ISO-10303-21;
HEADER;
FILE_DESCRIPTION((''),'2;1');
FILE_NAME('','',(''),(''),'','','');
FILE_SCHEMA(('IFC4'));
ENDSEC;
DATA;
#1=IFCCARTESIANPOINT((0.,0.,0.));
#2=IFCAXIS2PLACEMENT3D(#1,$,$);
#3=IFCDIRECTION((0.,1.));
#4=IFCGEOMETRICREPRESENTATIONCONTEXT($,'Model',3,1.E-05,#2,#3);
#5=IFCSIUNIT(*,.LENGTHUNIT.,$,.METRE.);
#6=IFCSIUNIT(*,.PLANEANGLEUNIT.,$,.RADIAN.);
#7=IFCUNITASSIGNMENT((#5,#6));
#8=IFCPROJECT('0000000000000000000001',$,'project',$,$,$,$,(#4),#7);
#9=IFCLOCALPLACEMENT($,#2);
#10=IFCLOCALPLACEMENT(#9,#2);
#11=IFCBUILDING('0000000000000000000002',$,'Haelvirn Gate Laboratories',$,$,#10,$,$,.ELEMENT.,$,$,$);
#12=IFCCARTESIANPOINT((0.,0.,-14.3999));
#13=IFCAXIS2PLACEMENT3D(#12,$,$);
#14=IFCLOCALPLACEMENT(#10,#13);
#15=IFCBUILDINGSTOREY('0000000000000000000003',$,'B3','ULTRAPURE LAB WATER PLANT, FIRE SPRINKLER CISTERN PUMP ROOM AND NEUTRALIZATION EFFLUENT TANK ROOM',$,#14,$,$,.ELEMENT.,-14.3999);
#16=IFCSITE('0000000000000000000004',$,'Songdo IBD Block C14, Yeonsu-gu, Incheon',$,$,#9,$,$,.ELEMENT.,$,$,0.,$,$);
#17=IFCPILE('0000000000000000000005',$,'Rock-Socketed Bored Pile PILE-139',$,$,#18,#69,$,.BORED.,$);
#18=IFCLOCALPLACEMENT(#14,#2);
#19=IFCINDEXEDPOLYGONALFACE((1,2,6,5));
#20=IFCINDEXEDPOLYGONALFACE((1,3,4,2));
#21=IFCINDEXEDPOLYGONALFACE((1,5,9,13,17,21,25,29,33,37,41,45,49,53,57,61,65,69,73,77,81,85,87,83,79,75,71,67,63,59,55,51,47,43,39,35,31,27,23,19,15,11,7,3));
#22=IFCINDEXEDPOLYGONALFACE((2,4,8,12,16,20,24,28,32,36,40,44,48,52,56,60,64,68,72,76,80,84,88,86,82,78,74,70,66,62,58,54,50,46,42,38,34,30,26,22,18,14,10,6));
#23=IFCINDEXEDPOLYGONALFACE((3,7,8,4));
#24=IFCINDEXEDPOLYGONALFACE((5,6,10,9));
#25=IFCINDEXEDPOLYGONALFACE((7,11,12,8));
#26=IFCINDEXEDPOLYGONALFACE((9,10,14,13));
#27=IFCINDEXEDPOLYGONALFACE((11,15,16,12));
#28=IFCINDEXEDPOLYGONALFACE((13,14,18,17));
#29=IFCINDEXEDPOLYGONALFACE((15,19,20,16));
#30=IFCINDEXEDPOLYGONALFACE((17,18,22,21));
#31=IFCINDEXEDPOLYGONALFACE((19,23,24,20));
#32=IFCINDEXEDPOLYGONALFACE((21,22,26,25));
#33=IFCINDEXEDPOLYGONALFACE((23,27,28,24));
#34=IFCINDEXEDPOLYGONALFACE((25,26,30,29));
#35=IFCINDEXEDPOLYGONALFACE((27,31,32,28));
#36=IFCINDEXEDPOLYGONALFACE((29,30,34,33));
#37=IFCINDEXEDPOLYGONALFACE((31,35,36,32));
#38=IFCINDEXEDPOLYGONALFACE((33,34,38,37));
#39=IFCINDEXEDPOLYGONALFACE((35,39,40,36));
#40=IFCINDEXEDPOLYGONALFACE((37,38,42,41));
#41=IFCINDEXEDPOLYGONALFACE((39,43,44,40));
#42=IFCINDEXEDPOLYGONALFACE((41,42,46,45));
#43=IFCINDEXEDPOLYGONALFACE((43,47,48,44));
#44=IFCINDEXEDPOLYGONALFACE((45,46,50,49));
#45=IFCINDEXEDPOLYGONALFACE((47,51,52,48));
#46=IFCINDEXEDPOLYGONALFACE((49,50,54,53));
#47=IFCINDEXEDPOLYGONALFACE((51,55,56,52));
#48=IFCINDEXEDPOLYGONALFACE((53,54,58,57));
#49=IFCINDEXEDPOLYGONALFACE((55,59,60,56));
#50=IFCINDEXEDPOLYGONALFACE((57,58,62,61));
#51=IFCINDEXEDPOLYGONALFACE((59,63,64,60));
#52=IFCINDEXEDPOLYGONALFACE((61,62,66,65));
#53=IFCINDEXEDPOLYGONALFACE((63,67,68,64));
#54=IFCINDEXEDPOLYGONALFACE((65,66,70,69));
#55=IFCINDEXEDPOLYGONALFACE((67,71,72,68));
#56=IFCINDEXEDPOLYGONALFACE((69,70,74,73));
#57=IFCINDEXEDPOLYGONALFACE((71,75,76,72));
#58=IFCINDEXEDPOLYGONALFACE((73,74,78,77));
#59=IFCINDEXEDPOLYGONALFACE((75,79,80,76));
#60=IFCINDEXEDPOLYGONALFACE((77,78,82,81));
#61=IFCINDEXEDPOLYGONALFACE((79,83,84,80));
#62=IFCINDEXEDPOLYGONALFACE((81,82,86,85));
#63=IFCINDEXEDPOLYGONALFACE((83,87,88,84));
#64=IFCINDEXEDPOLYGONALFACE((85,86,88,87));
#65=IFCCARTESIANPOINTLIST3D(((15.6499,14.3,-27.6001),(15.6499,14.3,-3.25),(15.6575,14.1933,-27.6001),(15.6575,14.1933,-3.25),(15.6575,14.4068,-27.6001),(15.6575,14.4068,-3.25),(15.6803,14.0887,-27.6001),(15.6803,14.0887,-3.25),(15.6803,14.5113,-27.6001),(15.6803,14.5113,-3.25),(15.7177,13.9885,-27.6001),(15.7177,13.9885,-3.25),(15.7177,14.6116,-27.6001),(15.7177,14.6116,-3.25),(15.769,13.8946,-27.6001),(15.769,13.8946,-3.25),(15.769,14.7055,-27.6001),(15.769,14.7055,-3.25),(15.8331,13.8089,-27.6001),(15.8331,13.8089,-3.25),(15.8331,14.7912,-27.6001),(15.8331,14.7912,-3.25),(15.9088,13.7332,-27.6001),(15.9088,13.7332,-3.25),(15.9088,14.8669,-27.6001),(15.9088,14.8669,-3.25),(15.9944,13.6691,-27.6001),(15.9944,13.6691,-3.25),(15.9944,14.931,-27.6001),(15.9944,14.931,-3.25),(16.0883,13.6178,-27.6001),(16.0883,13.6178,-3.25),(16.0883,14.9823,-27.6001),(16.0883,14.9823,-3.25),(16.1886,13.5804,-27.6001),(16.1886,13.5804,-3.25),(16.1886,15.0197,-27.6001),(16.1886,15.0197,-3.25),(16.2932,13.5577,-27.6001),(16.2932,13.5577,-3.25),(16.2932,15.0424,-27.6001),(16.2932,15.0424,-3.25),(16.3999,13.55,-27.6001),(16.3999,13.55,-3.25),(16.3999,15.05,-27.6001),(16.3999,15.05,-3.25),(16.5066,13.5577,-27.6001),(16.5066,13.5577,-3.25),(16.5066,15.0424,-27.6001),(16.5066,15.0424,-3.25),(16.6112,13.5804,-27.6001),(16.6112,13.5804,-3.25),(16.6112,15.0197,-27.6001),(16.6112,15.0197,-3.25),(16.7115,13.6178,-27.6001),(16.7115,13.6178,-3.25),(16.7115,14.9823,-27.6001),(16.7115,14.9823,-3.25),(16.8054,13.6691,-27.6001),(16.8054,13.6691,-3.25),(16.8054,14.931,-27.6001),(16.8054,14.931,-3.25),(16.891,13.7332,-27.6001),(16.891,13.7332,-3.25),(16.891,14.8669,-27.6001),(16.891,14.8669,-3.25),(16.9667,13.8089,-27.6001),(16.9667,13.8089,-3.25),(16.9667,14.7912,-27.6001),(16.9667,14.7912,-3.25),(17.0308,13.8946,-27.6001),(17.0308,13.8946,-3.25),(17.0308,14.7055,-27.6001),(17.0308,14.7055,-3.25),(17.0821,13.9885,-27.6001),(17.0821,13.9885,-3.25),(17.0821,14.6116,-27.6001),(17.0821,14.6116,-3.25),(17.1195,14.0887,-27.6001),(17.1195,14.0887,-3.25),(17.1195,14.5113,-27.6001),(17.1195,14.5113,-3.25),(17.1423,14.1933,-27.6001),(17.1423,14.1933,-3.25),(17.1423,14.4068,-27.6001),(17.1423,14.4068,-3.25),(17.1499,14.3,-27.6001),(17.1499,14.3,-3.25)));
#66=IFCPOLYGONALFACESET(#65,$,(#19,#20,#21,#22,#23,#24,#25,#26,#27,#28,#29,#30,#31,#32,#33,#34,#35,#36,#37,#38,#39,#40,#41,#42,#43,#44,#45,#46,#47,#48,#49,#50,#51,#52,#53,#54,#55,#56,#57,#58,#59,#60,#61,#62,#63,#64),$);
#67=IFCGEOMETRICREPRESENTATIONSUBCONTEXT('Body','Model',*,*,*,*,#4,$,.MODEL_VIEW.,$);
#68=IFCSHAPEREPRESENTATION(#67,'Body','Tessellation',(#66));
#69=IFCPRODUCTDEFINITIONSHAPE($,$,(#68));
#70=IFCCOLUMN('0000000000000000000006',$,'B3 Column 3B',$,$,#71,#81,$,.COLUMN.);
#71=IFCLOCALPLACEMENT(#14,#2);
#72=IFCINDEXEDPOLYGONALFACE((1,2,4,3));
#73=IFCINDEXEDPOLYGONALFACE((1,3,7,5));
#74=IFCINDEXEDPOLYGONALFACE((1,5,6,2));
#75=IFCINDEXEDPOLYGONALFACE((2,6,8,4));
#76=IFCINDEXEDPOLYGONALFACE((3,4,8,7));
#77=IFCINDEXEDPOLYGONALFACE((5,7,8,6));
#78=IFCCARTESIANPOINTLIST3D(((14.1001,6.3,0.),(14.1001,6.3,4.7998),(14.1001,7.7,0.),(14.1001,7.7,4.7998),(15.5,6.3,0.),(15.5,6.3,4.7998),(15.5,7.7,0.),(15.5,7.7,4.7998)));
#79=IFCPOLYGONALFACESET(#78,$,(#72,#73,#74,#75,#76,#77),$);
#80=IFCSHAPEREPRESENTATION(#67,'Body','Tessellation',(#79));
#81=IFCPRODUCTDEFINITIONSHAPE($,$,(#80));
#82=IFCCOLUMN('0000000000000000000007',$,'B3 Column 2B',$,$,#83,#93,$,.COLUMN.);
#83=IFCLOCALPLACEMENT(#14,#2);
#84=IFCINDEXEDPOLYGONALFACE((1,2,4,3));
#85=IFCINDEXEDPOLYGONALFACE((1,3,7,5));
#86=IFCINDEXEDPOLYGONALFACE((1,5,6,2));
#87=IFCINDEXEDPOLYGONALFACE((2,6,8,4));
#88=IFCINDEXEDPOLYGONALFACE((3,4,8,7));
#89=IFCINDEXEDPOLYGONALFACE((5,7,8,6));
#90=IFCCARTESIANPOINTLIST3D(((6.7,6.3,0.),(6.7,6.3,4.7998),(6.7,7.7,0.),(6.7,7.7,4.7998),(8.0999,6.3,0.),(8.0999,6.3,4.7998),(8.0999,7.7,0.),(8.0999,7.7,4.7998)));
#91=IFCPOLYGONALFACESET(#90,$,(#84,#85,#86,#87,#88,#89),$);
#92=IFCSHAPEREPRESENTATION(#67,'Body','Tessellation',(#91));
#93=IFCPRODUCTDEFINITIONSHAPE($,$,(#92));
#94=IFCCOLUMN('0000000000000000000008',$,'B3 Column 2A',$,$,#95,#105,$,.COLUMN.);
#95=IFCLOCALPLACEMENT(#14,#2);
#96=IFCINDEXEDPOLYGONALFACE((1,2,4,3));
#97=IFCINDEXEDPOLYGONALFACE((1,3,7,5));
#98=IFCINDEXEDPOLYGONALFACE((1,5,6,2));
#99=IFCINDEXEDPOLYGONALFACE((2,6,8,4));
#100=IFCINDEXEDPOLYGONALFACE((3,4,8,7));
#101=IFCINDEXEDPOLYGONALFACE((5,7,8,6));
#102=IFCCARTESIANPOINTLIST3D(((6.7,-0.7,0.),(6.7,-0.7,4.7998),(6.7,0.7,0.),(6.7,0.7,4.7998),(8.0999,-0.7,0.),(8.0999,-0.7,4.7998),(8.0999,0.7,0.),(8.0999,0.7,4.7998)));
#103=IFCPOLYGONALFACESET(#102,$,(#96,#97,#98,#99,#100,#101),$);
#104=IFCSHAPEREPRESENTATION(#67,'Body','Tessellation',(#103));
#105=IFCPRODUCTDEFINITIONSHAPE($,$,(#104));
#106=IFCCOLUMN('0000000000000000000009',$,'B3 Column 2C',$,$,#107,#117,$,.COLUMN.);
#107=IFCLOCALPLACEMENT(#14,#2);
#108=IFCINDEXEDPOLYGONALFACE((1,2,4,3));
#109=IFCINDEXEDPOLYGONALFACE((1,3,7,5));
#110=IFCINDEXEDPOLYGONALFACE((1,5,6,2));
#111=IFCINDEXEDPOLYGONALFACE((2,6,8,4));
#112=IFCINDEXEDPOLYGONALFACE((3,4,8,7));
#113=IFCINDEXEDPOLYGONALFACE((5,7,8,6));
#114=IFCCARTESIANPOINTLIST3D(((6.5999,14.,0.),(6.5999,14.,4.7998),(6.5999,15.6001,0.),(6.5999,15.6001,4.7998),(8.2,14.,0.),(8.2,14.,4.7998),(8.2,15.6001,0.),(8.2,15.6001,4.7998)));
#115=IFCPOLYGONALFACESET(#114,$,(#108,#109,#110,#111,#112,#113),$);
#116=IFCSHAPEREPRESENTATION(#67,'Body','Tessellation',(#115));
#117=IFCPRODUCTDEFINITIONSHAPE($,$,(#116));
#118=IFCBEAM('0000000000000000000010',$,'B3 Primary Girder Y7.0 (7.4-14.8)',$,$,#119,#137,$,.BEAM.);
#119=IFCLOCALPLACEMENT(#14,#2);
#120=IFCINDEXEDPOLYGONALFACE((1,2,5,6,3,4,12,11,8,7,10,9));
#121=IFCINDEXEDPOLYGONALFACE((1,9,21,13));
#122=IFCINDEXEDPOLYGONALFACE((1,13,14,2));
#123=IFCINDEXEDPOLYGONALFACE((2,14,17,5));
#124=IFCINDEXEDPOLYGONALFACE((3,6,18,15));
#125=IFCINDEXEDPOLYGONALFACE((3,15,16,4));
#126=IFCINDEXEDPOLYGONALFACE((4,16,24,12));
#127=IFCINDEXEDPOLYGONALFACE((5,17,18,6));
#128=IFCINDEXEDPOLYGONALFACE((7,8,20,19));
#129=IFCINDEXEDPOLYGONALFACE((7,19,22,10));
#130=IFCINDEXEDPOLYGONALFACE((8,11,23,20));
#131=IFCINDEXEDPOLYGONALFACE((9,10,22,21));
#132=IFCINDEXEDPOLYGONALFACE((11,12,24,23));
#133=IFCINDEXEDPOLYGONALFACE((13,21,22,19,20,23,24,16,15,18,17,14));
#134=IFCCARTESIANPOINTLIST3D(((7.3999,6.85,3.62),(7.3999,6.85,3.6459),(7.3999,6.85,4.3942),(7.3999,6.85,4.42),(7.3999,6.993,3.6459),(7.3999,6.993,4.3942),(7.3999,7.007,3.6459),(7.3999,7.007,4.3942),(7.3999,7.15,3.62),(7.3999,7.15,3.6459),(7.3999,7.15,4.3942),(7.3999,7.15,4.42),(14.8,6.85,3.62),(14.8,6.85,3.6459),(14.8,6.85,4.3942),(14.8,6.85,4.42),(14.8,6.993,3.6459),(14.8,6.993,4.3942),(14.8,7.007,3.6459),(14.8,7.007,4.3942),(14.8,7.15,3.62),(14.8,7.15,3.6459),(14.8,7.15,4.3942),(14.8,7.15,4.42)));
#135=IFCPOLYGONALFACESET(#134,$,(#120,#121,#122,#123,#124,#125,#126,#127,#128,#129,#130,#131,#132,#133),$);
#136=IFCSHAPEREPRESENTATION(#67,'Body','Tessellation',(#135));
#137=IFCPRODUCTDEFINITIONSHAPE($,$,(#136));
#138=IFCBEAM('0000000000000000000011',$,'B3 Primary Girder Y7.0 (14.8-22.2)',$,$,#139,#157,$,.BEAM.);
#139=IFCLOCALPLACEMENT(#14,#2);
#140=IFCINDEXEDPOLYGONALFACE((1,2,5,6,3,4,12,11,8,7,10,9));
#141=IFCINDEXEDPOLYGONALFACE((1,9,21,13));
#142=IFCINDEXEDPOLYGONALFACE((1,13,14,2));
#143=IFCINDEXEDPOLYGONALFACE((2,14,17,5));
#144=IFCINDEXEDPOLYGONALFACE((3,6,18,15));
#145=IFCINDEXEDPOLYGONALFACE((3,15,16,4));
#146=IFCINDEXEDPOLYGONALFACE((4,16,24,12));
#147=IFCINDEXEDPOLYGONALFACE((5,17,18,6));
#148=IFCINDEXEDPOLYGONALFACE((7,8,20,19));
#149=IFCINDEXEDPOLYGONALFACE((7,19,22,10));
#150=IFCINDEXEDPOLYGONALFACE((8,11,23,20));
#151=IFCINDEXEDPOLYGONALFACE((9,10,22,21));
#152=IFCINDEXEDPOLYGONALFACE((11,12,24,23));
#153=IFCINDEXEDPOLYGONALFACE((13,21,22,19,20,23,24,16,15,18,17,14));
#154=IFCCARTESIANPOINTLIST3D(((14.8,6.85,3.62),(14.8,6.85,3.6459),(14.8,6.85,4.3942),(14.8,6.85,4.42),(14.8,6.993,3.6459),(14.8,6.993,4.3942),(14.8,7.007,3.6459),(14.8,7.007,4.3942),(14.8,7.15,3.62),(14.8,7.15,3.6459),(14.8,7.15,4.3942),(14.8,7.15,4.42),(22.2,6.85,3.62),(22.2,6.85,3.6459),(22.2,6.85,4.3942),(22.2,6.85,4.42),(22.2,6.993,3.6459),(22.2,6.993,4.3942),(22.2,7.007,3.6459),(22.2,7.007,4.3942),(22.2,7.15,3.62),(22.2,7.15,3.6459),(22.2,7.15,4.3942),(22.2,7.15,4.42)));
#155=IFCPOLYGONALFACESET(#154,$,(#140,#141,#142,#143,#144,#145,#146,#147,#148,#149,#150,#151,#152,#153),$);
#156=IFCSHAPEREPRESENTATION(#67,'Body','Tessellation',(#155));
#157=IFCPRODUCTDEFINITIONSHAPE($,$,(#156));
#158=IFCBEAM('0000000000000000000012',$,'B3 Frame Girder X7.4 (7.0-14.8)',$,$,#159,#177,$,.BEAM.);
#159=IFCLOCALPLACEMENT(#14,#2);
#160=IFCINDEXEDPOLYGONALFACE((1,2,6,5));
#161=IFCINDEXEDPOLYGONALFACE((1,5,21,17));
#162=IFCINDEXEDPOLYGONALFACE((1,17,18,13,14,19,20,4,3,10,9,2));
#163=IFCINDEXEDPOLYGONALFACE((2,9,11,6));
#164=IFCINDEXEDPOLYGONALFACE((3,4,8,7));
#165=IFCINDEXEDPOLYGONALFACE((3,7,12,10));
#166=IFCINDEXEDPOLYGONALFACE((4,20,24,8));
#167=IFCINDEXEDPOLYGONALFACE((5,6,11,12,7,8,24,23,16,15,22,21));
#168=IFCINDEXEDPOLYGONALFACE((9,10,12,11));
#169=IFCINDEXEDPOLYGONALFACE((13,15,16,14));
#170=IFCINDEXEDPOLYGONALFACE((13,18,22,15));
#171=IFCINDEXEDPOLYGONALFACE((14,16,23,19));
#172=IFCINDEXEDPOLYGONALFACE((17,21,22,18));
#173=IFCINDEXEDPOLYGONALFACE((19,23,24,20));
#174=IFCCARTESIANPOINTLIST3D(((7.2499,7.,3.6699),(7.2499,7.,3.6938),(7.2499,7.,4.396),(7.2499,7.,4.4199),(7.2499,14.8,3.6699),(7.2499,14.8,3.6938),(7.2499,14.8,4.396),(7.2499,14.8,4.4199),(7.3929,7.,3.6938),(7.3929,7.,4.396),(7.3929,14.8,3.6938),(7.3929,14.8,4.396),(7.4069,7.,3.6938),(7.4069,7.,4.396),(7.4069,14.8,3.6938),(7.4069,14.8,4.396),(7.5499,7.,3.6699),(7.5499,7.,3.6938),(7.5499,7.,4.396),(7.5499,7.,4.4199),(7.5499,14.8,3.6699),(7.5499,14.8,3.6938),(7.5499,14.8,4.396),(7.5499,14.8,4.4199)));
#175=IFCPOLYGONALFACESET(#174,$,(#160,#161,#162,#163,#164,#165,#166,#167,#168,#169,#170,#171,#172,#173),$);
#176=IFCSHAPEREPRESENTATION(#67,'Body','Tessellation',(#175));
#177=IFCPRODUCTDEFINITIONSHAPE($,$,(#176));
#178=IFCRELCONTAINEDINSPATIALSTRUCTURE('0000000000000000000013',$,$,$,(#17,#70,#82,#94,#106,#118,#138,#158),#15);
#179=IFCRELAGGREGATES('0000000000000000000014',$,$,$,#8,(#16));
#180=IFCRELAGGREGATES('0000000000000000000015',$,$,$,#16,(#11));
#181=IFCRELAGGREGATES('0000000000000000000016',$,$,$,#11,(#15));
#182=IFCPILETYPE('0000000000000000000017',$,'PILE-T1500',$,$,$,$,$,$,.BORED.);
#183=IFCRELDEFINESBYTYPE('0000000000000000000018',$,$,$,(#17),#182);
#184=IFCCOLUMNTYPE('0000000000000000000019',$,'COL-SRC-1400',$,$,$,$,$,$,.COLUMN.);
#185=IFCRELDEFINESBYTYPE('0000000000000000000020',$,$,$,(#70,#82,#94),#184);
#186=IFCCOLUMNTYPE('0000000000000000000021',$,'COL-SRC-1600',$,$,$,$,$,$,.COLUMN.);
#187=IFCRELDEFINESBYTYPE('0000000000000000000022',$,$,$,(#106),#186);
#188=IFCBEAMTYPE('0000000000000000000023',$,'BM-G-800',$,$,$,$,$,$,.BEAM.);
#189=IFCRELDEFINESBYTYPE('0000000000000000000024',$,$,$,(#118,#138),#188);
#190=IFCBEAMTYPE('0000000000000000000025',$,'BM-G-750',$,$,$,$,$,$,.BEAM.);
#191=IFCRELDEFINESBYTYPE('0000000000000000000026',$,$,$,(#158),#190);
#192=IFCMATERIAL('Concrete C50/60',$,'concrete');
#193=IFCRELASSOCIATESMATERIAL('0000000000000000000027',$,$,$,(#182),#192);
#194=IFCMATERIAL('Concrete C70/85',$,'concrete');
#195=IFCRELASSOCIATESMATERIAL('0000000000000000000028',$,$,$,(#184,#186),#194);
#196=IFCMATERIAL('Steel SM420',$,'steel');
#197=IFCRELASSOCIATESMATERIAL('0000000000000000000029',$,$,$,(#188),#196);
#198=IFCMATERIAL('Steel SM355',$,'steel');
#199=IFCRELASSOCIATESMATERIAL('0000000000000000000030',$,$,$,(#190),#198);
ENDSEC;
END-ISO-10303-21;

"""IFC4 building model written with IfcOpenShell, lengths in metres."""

from ifc_helpers import new_model, si_unit, direction, frame, origin, origin_2d, place, context, subcontext, project, spatial, rectangle, circle, i_section, extrude, source, transform, mapped, material, material_profile, profile_set, type_object, type_shapes, element, save


model = new_model("IFC4")

# Units and contexts
model_context = context("Model", 3, precision=1e-05, world=origin(), true_north=direction((0.0, 1.0)))
body_context = subcontext(model_context, "Body", "Model", "MODEL_VIEW")
ifc_project = project(units=[si_unit("LENGTHUNIT", "METRE"), si_unit("PLANEANGLEUNIT", "RADIAN")], contexts=[model_context])

# Site, building, storey
site_placement = place(None, origin())
site = spatial("IfcSite", under=ifc_project, at=site_placement, Name="Songdo IBD Block C14, Yeonsu-gu, Incheon", CompositionType="ELEMENT", RefElevation=0.0)
building_placement = place(site_placement, origin())
building = spatial("IfcBuilding", under=site, at=building_placement, Name="Haelvirn Gate Laboratories", CompositionType="ELEMENT")
storey_placement = place(building_placement, frame((0.0, 0.0, -14.3999)))
storey = spatial("IfcBuildingStorey", under=building, at=storey_placement, Name="B3", Description="ULTRAPURE LAB WATER PLANT, FIRE SPRINKLER CISTERN PUMP ROOM AND NEUTRALIZATION EFFLUENT TANK ROOM", CompositionType="ELEMENT", Elevation=-14.3999)

# Pile
ifc_material_1 = material(Name="Concrete C50/60", Category="concrete")
ifc_material_profile_1 = material_profile(ifc_material_1, circle(Radius=0.75, at=origin_2d()), Name="PILE-D1500")
ifc_profile_set_1 = profile_set([ifc_material_profile_1], Name="Concrete C50/60")
pile_type_1 = type_object("IfcPileType", Name="PILE-T1500", PredefinedType="BORED", material=ifc_profile_set_1)
shared_shape_1 = source(origin(), body_context, "Body", "SweptSolid", [
    extrude(circle(Radius=0.75, at=origin_2d()), origin(), (0.0, 0.0, 1.0), 24.3501),
])
type_shapes(pile_type_1, [shared_shape_1])
for number, where, z_axis, x_axis, name in (
    (1, (16.3999, 14.3, -3.25), (0.0, 0.0, -1.0), (1.0, 0.0, 0.0), "Rock-Socketed Bored Pile PILE-139"),
):
    element("IfcPile", number, at=place(storey_placement, frame(where, z_axis=z_axis, x_axis=x_axis)), inside=storey, type_object=pile_type_1, Name=name, PredefinedType="BORED", context=body_context, shape_type="MappedRepresentation", body=[
        mapped(shared_shape_1, transform((0.0, 0.0, 0.0), scale=1.0)),
    ])

# Columns
ifc_material_2 = material(Name="Concrete C70/85", Category="concrete")
ifc_material_profile_2 = material_profile(ifc_material_2, rectangle(XDim=1.3999, YDim=1.3999, at=origin_2d()), Name="SRC-1400x1400")
ifc_profile_set_2 = profile_set([ifc_material_profile_2], Name="Concrete C70/85")
column_type_1 = type_object("IfcColumnType", Name="COL-SRC-1400", PredefinedType="COLUMN", material=ifc_profile_set_2)
shared_shape_2 = source(origin(), body_context, "Body", "SweptSolid", [
    extrude(rectangle(XDim=1.3999, YDim=1.3999, at=origin_2d()), origin(), (0.0, 0.0, 1.0), 4.7998),
])
type_shapes(column_type_1, [shared_shape_2])
for number, where, z_axis, x_axis, name in (
    (2, (14.8, 7.0, 0.0), (0.0, 0.0, 1.0), (1.0, 0.0, 0.0), "B3 Column 3B"),
    (3, (7.3999, 7.0, 0.0), (0.0, 0.0, 1.0), (1.0, 0.0, 0.0), "B3 Column 2B"),
    (4, (7.3999, 0.0, 0.0), (0.0, 0.0, 1.0), (1.0, 0.0, 0.0), "B3 Column 2A"),
):
    element("IfcColumn", number, at=place(storey_placement, frame(where, z_axis=z_axis, x_axis=x_axis)), inside=storey, type_object=column_type_1, Name=name, PredefinedType="COLUMN", context=body_context, shape_type="MappedRepresentation", body=[
        mapped(shared_shape_2, transform((0.0, 0.0, 0.0), scale=1.0)),
    ])
ifc_material_profile_3 = material_profile(ifc_material_2, rectangle(XDim=1.6001, YDim=1.6001, at=origin_2d()), Name="SRC-1600x1600")
ifc_profile_set_3 = profile_set([ifc_material_profile_3], Name="Concrete C70/85")
column_type_2 = type_object("IfcColumnType", Name="COL-SRC-1600", PredefinedType="COLUMN", material=ifc_profile_set_3)
shared_shape_3 = source(origin(), body_context, "Body", "SweptSolid", [
    extrude(rectangle(XDim=1.6001, YDim=1.6001, at=origin_2d()), origin(), (0.0, 0.0, 1.0), 4.7998),
])
type_shapes(column_type_2, [shared_shape_3])
column_placement = place(storey_placement, frame((7.3999, 14.8, 0.0), z_axis=(0.0, 0.0, 1.0), x_axis=(1.0, 0.0, 0.0)))
element("IfcColumn", 5, at=column_placement, inside=storey, type_object=column_type_2, Name="B3 Column 2C", PredefinedType="COLUMN", context=body_context, shape_type="MappedRepresentation", body=[
    mapped(shared_shape_3, transform((0.0, 0.0, 0.0), scale=1.0)),
])

# Beams
ifc_material_3 = material(Name="Steel SM420", Category="steel")
ifc_material_profile_4 = material_profile(ifc_material_3, i_section(OverallWidth=0.3, OverallDepth=0.8, WebThickness=0.0139, FlangeThickness=0.0259, at=origin_2d()), Name="H-800x300x14x26")
ifc_profile_set_4 = profile_set([ifc_material_profile_4], Name="Steel SM420")
beam_type_1 = type_object("IfcBeamType", Name="BM-G-800", PredefinedType="BEAM", material=ifc_profile_set_4)
shared_shape_4 = source(origin(), body_context, "Body", "SweptSolid", [
    extrude(i_section(OverallWidth=0.3, OverallDepth=0.8, WebThickness=0.0139, FlangeThickness=0.0259, at=origin_2d()), origin(), (0.0, 0.0, 1.0), 7.4001),
])
beam_1_placement = place(storey_placement, frame((7.3999, 7.0, 4.02), z_axis=(1.0, 0.0, 0.0), x_axis=(0.0, 1.0, 0.0)))
element("IfcBeam", 6, at=beam_1_placement, inside=storey, type_object=beam_type_1, Name="B3 Primary Girder Y7.0 (7.4-14.8)", PredefinedType="BEAM", context=body_context, shape_type="MappedRepresentation", body=[
    mapped(shared_shape_4, transform((0.0, 0.0, 0.0), scale=1.0)),
])
shared_shape_5 = source(origin(), body_context, "Body", "SweptSolid", [
    extrude(i_section(OverallWidth=0.3, OverallDepth=0.8, WebThickness=0.0139, FlangeThickness=0.0259, at=origin_2d()), origin(), (0.0, 0.0, 1.0), 7.3999),
])
type_shapes(beam_type_1, [shared_shape_4, shared_shape_5])
beam_2_placement = place(storey_placement, frame((14.8, 7.0, 4.02), z_axis=(1.0, 0.0, 0.0), x_axis=(0.0, 1.0, 0.0)))
element("IfcBeam", 7, at=beam_2_placement, inside=storey, type_object=beam_type_1, Name="B3 Primary Girder Y7.0 (14.8-22.2)", PredefinedType="BEAM", context=body_context, shape_type="MappedRepresentation", body=[
    mapped(shared_shape_5, transform((0.0, 0.0, 0.0), scale=1.0)),
])
ifc_material_4 = material(Name="Steel SM355", Category="steel")
ifc_material_profile_5 = material_profile(ifc_material_4, i_section(OverallWidth=0.3, OverallDepth=0.75, WebThickness=0.0139, FlangeThickness=0.0239, at=origin_2d()), Name="H-750x300x14x24")
ifc_profile_set_5 = profile_set([ifc_material_profile_5], Name="Steel SM355")
beam_type_2 = type_object("IfcBeamType", Name="BM-G-750", PredefinedType="BEAM", material=ifc_profile_set_5)
shared_shape_6 = source(origin(), body_context, "Body", "SweptSolid", [
    extrude(i_section(OverallWidth=0.3, OverallDepth=0.75, WebThickness=0.0139, FlangeThickness=0.0239, at=origin_2d()), origin(), (0.0, 0.0, 1.0), 7.8),
])
beam_3_placement = place(storey_placement, frame((7.3999, 7.0, 4.0449), z_axis=(0.0, 1.0, 0.0), x_axis=(-1.0, 0.0, 0.0)))
element("IfcBeam", 8, at=beam_3_placement, inside=storey, type_object=beam_type_2, Name="B3 Frame Girder X7.4 (7.0-14.8)", PredefinedType="BEAM", context=body_context, shape_type="MappedRepresentation", body=[
    mapped(shared_shape_6, transform((0.0, 0.0, 0.0), scale=1.0)),
])

save(model, "model.ifc")
